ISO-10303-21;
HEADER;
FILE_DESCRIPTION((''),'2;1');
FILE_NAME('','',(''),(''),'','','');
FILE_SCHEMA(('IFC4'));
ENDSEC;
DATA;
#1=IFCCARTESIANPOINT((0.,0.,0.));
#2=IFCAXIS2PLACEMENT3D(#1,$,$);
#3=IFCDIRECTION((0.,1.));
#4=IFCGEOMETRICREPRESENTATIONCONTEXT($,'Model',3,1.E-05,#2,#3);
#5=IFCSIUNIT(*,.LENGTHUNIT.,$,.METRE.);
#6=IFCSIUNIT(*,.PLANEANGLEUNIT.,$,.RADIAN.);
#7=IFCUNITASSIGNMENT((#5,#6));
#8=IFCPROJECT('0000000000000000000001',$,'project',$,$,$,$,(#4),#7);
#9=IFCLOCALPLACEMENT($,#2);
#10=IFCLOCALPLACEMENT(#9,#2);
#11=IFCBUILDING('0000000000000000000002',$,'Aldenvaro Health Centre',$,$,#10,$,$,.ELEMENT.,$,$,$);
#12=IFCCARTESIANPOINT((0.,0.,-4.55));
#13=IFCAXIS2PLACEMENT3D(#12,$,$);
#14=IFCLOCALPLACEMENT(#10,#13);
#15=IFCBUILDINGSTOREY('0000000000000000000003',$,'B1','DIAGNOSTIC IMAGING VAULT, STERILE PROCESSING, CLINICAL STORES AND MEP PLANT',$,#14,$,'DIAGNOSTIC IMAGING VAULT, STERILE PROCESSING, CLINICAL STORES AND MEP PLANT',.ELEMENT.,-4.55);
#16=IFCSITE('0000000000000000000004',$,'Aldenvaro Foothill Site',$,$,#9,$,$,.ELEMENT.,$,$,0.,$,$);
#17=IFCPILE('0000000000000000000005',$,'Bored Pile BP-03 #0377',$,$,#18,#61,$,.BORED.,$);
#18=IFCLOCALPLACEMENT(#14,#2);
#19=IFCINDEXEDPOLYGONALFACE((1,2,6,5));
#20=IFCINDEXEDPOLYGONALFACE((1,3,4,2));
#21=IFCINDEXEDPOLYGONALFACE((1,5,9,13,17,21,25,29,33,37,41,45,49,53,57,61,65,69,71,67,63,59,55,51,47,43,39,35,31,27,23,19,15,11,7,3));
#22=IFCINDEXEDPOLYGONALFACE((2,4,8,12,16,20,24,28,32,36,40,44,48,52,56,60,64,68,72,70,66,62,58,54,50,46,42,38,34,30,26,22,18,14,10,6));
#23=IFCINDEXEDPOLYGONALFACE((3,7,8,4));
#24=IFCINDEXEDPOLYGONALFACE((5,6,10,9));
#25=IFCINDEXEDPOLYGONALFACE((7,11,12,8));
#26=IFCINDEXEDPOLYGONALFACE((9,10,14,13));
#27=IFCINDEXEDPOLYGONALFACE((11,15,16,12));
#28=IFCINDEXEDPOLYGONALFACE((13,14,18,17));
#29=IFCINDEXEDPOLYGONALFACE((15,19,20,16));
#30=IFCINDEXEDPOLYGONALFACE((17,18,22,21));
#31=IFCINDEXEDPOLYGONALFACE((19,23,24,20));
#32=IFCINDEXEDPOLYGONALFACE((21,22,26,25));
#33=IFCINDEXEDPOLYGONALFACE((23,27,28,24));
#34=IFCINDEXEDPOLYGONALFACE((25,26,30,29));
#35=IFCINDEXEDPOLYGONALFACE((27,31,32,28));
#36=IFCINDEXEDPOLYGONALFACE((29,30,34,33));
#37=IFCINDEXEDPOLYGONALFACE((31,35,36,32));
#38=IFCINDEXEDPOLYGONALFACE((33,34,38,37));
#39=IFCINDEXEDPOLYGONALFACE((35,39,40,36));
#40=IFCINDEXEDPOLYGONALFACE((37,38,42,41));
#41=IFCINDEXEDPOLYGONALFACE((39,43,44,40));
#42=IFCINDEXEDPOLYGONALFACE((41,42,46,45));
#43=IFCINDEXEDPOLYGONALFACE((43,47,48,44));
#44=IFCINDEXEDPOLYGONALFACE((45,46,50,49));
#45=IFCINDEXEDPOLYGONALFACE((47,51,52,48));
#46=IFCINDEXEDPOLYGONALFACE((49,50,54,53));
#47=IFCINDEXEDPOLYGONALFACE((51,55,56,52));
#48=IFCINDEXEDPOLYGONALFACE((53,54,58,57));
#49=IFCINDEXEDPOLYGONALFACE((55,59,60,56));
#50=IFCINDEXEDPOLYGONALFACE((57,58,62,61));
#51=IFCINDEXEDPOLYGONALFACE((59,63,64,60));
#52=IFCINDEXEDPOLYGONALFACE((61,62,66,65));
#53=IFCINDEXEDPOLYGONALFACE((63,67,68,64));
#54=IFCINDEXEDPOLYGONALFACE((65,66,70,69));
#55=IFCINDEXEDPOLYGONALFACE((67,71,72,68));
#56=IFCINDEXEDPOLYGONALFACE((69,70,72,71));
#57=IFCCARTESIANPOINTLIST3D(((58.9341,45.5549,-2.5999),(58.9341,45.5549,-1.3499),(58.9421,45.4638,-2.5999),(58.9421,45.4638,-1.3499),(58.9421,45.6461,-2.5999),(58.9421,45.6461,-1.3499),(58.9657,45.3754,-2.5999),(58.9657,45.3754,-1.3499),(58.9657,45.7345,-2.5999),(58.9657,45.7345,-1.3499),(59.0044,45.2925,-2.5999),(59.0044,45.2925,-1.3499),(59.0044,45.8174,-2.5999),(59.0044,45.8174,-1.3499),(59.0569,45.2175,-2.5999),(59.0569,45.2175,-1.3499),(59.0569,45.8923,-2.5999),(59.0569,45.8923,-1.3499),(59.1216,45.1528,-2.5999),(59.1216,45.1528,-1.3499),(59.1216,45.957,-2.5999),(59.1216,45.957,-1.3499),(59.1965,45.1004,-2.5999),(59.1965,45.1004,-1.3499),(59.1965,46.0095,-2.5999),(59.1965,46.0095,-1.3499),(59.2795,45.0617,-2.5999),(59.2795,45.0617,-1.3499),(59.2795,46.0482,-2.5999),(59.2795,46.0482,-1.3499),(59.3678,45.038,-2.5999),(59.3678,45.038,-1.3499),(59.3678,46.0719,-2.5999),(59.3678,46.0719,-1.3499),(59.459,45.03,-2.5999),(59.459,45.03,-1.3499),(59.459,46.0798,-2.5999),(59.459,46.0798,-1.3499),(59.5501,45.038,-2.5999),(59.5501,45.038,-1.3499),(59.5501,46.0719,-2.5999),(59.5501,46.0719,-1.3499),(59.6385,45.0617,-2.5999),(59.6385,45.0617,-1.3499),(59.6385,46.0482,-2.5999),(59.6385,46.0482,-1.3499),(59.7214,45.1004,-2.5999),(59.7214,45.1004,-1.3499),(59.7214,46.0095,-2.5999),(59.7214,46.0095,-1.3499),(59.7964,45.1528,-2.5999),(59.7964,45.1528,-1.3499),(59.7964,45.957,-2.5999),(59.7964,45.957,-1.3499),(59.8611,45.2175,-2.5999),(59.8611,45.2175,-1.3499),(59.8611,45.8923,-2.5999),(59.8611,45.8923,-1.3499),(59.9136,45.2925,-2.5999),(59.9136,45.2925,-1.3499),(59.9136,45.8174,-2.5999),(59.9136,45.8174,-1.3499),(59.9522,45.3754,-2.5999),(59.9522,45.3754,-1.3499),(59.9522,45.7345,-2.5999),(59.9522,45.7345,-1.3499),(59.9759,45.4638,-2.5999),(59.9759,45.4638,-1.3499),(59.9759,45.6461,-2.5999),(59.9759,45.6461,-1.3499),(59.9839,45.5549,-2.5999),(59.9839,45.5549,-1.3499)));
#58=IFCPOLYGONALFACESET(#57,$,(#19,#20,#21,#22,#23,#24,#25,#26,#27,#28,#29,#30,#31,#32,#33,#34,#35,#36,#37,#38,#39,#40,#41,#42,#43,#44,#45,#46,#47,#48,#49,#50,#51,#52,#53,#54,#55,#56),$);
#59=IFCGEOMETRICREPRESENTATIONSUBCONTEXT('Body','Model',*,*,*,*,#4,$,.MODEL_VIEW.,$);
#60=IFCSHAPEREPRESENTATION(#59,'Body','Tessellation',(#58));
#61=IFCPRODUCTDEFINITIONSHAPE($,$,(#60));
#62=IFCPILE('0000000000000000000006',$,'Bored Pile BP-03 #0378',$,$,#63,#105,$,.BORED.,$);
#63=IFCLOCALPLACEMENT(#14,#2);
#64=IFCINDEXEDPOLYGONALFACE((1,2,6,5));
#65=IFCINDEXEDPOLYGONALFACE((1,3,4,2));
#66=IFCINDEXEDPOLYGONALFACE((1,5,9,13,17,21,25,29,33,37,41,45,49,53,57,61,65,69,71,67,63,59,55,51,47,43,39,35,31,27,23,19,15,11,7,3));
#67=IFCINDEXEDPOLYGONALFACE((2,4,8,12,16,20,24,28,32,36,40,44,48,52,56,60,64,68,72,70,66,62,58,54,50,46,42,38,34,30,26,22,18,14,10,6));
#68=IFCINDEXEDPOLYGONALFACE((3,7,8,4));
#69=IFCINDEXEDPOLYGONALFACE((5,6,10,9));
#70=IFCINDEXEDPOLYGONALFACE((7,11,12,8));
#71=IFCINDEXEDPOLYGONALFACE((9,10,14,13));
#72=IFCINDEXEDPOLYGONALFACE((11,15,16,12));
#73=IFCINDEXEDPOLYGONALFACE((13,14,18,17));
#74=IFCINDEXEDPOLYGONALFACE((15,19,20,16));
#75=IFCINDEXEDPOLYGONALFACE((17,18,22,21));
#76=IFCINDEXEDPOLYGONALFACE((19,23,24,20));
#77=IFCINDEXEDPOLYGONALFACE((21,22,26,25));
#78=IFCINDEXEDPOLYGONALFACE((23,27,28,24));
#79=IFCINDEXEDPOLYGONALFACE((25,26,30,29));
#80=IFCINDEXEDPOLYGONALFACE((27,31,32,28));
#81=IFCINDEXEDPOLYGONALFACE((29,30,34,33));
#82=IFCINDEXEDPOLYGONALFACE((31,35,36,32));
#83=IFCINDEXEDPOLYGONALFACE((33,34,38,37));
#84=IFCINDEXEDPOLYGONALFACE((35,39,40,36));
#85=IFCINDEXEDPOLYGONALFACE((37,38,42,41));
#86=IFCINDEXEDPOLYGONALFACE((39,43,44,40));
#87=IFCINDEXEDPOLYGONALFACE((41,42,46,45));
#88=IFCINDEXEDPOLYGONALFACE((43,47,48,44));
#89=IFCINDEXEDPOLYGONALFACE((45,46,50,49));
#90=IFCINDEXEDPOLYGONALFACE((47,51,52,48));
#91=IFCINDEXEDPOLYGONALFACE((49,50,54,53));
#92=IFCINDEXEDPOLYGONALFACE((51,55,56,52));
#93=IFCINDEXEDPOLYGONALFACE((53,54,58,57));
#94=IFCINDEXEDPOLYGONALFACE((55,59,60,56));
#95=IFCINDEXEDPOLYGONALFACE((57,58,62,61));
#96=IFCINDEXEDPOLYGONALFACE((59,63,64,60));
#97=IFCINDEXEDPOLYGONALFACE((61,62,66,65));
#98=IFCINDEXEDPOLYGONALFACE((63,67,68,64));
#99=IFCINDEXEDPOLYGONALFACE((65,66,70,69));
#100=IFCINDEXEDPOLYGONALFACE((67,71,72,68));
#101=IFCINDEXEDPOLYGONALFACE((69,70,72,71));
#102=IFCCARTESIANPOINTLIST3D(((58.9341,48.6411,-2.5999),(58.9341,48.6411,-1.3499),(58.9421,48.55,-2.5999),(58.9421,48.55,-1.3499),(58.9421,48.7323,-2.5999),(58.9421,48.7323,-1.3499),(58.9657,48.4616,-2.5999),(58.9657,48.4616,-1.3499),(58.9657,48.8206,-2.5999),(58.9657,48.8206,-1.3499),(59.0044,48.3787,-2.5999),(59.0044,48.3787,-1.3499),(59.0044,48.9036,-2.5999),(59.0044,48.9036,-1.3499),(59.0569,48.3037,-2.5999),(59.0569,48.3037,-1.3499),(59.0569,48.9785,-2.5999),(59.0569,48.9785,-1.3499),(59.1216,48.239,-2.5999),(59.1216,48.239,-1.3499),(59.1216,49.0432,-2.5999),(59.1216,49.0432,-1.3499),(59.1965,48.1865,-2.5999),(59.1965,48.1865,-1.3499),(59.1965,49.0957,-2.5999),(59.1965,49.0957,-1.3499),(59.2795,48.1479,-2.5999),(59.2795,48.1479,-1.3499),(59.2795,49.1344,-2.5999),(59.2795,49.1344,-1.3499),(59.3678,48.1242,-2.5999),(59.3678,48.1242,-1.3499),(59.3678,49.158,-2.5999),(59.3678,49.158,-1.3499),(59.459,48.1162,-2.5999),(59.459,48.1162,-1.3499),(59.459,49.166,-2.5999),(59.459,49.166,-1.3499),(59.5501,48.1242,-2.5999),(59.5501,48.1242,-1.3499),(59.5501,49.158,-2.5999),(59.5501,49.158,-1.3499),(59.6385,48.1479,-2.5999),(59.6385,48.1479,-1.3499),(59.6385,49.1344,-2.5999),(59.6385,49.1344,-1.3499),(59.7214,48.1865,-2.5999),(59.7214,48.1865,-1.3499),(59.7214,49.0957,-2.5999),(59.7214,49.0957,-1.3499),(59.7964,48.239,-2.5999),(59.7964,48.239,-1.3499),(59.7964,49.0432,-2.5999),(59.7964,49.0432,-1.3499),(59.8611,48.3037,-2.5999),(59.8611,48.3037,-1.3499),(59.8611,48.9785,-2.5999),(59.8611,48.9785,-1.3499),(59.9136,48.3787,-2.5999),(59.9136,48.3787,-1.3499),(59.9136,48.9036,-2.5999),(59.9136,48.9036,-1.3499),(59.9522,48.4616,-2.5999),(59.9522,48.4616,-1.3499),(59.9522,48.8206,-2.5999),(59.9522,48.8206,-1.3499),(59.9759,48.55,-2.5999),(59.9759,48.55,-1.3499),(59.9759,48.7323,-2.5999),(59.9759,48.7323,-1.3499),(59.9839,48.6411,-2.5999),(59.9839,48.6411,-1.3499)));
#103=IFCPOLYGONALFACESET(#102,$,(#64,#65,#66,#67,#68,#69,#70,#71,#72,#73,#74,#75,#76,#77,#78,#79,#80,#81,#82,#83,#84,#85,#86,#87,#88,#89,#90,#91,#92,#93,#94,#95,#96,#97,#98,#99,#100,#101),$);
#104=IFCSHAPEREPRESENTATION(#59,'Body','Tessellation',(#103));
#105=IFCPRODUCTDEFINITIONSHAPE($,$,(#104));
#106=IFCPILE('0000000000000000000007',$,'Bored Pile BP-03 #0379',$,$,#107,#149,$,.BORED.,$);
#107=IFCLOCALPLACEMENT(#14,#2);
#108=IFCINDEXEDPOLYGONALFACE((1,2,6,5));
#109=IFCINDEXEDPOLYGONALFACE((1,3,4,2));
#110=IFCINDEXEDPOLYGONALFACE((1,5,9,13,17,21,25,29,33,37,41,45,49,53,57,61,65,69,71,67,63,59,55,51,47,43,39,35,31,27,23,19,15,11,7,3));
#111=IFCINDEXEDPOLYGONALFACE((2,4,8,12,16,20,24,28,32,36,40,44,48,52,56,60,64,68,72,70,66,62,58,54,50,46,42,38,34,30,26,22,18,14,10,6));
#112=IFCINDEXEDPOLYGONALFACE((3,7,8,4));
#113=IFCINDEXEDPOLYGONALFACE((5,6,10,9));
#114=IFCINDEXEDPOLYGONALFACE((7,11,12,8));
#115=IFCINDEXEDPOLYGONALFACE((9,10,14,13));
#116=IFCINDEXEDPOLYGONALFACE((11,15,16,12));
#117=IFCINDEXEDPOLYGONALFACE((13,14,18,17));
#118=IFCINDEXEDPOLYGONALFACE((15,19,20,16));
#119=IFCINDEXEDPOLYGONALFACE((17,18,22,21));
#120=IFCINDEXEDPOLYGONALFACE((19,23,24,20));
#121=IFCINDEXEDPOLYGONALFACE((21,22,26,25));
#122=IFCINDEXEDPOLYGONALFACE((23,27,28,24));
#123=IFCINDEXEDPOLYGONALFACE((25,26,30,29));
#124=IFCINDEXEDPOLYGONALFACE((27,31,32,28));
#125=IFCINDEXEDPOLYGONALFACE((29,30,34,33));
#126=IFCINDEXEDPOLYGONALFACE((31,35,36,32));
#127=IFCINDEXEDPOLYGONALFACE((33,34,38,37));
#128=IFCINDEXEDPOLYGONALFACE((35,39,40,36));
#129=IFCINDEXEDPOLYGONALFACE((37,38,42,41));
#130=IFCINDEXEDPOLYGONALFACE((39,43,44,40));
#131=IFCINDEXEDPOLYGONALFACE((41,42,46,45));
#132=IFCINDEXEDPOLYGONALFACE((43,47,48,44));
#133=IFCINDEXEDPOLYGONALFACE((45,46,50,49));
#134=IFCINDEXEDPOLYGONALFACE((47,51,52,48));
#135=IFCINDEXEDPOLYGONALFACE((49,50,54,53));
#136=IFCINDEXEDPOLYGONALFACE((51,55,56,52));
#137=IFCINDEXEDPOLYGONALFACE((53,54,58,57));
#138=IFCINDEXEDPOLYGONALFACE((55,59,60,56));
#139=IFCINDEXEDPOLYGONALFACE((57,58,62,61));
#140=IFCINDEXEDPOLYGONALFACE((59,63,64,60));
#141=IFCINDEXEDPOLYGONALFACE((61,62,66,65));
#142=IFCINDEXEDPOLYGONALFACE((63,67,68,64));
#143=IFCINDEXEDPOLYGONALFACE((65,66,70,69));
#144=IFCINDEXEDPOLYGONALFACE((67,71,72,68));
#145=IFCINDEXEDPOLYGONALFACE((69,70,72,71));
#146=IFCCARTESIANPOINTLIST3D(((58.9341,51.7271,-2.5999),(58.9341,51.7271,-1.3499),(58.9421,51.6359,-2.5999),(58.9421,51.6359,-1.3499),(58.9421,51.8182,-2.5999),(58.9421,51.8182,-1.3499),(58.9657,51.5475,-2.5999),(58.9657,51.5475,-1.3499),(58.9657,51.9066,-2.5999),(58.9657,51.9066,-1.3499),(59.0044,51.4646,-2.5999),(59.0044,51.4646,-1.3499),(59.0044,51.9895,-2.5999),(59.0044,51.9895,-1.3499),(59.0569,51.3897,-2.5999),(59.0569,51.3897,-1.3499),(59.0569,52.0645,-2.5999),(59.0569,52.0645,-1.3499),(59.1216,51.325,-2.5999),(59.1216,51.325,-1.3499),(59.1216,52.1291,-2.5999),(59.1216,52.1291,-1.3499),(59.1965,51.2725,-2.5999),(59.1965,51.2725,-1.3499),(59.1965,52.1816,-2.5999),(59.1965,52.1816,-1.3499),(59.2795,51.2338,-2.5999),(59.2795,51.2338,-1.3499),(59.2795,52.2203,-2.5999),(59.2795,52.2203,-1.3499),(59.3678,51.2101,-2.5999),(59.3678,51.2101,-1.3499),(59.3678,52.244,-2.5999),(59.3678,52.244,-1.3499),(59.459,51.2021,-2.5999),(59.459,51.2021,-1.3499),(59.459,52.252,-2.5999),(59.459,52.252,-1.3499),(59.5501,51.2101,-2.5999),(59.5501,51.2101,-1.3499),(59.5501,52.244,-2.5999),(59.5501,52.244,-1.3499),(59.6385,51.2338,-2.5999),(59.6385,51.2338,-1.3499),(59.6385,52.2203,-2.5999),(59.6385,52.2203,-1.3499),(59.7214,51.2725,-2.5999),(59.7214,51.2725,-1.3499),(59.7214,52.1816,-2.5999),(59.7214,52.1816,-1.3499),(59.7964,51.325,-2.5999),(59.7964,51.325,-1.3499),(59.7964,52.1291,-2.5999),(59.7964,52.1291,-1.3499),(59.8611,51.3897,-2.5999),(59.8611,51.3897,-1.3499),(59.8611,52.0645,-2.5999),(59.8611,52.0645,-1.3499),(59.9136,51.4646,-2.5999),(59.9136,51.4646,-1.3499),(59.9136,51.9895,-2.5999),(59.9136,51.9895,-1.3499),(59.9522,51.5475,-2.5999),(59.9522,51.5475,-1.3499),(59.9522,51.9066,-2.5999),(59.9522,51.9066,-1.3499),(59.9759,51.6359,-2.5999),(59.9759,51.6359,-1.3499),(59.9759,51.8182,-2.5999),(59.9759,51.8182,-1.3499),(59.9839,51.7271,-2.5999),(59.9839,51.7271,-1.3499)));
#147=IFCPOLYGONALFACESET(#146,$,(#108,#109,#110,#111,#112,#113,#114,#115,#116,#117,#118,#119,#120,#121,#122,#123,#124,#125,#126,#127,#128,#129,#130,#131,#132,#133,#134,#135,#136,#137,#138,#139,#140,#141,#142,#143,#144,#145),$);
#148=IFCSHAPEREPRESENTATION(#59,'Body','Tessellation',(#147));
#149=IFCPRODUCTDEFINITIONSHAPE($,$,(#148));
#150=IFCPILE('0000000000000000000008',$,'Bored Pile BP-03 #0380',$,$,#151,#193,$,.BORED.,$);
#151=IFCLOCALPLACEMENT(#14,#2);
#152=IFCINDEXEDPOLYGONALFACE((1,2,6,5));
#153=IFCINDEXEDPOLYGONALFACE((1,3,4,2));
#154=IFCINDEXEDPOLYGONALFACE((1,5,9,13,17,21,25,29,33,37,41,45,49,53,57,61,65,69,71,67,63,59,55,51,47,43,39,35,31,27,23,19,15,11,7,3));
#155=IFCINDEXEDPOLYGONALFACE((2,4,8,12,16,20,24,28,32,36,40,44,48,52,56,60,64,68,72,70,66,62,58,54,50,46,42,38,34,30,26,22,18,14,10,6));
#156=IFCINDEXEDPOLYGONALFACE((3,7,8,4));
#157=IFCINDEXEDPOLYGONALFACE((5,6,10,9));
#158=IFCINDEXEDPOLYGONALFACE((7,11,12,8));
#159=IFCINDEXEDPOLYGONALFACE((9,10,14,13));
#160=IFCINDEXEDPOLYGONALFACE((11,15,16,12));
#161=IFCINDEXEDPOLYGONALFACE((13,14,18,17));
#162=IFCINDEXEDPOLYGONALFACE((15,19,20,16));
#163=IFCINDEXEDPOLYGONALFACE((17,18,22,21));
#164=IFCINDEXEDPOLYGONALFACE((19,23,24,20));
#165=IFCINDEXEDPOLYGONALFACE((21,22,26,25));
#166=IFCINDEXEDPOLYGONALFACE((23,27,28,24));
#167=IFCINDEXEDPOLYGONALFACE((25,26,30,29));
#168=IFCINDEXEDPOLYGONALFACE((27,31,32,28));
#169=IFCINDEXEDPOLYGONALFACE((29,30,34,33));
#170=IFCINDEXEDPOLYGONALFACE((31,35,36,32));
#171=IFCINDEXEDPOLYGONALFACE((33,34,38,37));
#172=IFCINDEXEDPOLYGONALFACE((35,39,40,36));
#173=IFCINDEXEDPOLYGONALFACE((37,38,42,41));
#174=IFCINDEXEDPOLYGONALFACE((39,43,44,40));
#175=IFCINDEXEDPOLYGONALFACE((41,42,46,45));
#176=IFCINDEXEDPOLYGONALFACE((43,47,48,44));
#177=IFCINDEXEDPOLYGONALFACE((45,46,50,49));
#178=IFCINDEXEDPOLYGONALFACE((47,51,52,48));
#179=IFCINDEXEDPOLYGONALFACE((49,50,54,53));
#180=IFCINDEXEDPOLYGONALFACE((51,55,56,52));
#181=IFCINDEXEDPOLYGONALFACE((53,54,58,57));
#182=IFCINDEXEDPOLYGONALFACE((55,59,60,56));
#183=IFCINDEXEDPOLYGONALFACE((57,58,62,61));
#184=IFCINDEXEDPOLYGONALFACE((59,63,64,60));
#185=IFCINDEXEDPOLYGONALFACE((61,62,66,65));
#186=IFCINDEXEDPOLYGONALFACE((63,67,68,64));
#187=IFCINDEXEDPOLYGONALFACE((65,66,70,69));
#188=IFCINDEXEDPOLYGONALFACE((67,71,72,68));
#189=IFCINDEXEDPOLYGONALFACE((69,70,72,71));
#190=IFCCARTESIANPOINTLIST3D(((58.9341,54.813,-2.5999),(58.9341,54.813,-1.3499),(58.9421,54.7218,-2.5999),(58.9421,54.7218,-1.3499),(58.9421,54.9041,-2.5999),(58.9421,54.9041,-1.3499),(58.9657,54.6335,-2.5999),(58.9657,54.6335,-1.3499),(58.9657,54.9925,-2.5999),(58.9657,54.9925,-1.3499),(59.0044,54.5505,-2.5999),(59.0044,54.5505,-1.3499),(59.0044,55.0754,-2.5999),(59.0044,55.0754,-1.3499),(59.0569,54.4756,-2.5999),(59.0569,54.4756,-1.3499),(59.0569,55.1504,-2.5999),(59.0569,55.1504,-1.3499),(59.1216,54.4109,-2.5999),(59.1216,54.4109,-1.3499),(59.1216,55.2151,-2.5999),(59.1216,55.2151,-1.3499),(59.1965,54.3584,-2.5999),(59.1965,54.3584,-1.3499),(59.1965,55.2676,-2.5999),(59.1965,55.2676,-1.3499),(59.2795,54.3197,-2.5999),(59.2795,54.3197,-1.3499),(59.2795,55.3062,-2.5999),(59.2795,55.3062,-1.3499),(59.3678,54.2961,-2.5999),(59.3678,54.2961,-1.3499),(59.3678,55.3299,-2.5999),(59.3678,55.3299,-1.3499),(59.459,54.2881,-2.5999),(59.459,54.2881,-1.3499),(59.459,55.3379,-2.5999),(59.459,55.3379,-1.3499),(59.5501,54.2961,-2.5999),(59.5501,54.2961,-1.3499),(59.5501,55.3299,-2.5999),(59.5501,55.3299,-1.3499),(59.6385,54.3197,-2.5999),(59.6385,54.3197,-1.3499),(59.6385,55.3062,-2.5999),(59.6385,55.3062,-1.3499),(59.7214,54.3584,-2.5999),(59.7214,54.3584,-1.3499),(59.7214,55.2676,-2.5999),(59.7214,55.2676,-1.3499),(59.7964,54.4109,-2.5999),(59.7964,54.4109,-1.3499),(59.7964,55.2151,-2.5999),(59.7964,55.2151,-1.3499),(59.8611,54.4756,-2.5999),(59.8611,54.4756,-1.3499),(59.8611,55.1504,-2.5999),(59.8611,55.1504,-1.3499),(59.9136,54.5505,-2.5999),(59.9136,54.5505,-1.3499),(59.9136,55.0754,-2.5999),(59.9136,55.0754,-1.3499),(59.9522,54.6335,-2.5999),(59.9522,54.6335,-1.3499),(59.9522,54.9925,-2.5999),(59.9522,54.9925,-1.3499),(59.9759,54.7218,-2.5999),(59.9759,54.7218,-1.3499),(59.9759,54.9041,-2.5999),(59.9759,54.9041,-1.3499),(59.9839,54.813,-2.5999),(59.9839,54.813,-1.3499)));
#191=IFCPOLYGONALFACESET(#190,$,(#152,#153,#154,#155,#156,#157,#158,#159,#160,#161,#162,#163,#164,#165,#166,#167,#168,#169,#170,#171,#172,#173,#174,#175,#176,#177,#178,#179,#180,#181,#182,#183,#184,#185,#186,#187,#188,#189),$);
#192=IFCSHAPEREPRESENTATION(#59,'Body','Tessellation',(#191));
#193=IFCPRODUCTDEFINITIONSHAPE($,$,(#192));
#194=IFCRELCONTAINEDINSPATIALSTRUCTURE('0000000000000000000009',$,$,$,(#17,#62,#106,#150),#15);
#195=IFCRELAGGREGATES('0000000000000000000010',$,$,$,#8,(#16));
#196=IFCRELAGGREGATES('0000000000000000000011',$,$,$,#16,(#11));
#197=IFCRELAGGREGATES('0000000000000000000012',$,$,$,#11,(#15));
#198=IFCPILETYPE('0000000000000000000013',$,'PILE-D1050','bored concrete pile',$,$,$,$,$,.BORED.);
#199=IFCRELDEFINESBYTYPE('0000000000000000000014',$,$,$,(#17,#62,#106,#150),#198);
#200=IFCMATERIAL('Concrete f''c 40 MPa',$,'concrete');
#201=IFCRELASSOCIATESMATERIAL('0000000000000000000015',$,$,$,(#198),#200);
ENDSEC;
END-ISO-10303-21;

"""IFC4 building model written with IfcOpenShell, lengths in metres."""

from ifc_helpers import new_model, si_unit, direction, frame, origin, origin_2d, place, context, subcontext, project, spatial, circle, extrude, material, material_profile, profile_set, type_object, element, save


model = new_model("IFC4")

# Units and contexts
model_context = context("Model", 3, precision=1e-05, world=origin(), true_north=direction((0.0, 1.0)))
body_context = subcontext(model_context, "Body", "Model", "MODEL_VIEW")
ifc_project = project(units=[si_unit("LENGTHUNIT", "METRE"), si_unit("PLANEANGLEUNIT", "RADIAN")], contexts=[model_context])

# Site, building, storey
site_placement = place(None, origin())
site = spatial("IfcSite", under=ifc_project, at=site_placement, Name="Aldenvaro Foothill Site", CompositionType="ELEMENT", RefElevation=0.0)
building_placement = place(site_placement, origin())
building = spatial("IfcBuilding", under=site, at=building_placement, Name="Aldenvaro Health Centre", CompositionType="ELEMENT")
storey_placement = place(building_placement, frame((0.0, 0.0, -4.55)))
storey = spatial("IfcBuildingStorey", under=building, at=storey_placement, Name="B1", Description="DIAGNOSTIC IMAGING VAULT, STERILE PROCESSING, CLINICAL STORES AND MEP PLANT", LongName="DIAGNOSTIC IMAGING VAULT, STERILE PROCESSING, CLINICAL STORES AND MEP PLANT", CompositionType="ELEMENT", Elevation=-4.55)

# Shared definitions
ifc_material = material(Name="Concrete f'c 40 MPa", Category="concrete")

# Piles
ifc_material_profile_1 = material_profile(ifc_material, circle(Radius=0.5249, at=origin_2d()), Name="PILE D1050", Category="concrete")
ifc_profile_set_1 = profile_set([ifc_material_profile_1], Name="Concrete f'c 40 MPa")
pile_type_1 = type_object("IfcPileType", Name="PILE-D1050", Description="bored concrete pile", PredefinedType="BORED", material=ifc_profile_set_1)
for number, where, z_axis, x_axis, name in (
    (1, (59.459, 45.5549, -1.3499), (0.0, 0.0, -1.0), (1.0, 0.0, 0.0), "Bored Pile BP-03 #0377"),
    (2, (59.459, 48.6411, -1.3499), (0.0, 0.0, -1.0), (1.0, 0.0, 0.0), "Bored Pile BP-03 #0378"),
    (3, (59.459, 51.7271, -1.3499), (0.0, 0.0, -1.0), (1.0, 0.0, 0.0), "Bored Pile BP-03 #0379"),
    (4, (59.459, 54.813, -1.3499), (0.0, 0.0, -1.0), (1.0, 0.0, 0.0), "Bored Pile BP-03 #0380"),
):
    element("IfcPile", number, at=place(storey_placement, frame(where, z_axis=z_axis, x_axis=x_axis)), inside=storey, type_object=pile_type_1, Name=name, PredefinedType="BORED", context=body_context, shape_type="SweptSolid", body=[
        extrude(circle(Radius=0.5249, at=origin_2d()), origin(), (0.0, 0.0, 1.0), 1.25),
    ])

save(model, "model.ifc")
